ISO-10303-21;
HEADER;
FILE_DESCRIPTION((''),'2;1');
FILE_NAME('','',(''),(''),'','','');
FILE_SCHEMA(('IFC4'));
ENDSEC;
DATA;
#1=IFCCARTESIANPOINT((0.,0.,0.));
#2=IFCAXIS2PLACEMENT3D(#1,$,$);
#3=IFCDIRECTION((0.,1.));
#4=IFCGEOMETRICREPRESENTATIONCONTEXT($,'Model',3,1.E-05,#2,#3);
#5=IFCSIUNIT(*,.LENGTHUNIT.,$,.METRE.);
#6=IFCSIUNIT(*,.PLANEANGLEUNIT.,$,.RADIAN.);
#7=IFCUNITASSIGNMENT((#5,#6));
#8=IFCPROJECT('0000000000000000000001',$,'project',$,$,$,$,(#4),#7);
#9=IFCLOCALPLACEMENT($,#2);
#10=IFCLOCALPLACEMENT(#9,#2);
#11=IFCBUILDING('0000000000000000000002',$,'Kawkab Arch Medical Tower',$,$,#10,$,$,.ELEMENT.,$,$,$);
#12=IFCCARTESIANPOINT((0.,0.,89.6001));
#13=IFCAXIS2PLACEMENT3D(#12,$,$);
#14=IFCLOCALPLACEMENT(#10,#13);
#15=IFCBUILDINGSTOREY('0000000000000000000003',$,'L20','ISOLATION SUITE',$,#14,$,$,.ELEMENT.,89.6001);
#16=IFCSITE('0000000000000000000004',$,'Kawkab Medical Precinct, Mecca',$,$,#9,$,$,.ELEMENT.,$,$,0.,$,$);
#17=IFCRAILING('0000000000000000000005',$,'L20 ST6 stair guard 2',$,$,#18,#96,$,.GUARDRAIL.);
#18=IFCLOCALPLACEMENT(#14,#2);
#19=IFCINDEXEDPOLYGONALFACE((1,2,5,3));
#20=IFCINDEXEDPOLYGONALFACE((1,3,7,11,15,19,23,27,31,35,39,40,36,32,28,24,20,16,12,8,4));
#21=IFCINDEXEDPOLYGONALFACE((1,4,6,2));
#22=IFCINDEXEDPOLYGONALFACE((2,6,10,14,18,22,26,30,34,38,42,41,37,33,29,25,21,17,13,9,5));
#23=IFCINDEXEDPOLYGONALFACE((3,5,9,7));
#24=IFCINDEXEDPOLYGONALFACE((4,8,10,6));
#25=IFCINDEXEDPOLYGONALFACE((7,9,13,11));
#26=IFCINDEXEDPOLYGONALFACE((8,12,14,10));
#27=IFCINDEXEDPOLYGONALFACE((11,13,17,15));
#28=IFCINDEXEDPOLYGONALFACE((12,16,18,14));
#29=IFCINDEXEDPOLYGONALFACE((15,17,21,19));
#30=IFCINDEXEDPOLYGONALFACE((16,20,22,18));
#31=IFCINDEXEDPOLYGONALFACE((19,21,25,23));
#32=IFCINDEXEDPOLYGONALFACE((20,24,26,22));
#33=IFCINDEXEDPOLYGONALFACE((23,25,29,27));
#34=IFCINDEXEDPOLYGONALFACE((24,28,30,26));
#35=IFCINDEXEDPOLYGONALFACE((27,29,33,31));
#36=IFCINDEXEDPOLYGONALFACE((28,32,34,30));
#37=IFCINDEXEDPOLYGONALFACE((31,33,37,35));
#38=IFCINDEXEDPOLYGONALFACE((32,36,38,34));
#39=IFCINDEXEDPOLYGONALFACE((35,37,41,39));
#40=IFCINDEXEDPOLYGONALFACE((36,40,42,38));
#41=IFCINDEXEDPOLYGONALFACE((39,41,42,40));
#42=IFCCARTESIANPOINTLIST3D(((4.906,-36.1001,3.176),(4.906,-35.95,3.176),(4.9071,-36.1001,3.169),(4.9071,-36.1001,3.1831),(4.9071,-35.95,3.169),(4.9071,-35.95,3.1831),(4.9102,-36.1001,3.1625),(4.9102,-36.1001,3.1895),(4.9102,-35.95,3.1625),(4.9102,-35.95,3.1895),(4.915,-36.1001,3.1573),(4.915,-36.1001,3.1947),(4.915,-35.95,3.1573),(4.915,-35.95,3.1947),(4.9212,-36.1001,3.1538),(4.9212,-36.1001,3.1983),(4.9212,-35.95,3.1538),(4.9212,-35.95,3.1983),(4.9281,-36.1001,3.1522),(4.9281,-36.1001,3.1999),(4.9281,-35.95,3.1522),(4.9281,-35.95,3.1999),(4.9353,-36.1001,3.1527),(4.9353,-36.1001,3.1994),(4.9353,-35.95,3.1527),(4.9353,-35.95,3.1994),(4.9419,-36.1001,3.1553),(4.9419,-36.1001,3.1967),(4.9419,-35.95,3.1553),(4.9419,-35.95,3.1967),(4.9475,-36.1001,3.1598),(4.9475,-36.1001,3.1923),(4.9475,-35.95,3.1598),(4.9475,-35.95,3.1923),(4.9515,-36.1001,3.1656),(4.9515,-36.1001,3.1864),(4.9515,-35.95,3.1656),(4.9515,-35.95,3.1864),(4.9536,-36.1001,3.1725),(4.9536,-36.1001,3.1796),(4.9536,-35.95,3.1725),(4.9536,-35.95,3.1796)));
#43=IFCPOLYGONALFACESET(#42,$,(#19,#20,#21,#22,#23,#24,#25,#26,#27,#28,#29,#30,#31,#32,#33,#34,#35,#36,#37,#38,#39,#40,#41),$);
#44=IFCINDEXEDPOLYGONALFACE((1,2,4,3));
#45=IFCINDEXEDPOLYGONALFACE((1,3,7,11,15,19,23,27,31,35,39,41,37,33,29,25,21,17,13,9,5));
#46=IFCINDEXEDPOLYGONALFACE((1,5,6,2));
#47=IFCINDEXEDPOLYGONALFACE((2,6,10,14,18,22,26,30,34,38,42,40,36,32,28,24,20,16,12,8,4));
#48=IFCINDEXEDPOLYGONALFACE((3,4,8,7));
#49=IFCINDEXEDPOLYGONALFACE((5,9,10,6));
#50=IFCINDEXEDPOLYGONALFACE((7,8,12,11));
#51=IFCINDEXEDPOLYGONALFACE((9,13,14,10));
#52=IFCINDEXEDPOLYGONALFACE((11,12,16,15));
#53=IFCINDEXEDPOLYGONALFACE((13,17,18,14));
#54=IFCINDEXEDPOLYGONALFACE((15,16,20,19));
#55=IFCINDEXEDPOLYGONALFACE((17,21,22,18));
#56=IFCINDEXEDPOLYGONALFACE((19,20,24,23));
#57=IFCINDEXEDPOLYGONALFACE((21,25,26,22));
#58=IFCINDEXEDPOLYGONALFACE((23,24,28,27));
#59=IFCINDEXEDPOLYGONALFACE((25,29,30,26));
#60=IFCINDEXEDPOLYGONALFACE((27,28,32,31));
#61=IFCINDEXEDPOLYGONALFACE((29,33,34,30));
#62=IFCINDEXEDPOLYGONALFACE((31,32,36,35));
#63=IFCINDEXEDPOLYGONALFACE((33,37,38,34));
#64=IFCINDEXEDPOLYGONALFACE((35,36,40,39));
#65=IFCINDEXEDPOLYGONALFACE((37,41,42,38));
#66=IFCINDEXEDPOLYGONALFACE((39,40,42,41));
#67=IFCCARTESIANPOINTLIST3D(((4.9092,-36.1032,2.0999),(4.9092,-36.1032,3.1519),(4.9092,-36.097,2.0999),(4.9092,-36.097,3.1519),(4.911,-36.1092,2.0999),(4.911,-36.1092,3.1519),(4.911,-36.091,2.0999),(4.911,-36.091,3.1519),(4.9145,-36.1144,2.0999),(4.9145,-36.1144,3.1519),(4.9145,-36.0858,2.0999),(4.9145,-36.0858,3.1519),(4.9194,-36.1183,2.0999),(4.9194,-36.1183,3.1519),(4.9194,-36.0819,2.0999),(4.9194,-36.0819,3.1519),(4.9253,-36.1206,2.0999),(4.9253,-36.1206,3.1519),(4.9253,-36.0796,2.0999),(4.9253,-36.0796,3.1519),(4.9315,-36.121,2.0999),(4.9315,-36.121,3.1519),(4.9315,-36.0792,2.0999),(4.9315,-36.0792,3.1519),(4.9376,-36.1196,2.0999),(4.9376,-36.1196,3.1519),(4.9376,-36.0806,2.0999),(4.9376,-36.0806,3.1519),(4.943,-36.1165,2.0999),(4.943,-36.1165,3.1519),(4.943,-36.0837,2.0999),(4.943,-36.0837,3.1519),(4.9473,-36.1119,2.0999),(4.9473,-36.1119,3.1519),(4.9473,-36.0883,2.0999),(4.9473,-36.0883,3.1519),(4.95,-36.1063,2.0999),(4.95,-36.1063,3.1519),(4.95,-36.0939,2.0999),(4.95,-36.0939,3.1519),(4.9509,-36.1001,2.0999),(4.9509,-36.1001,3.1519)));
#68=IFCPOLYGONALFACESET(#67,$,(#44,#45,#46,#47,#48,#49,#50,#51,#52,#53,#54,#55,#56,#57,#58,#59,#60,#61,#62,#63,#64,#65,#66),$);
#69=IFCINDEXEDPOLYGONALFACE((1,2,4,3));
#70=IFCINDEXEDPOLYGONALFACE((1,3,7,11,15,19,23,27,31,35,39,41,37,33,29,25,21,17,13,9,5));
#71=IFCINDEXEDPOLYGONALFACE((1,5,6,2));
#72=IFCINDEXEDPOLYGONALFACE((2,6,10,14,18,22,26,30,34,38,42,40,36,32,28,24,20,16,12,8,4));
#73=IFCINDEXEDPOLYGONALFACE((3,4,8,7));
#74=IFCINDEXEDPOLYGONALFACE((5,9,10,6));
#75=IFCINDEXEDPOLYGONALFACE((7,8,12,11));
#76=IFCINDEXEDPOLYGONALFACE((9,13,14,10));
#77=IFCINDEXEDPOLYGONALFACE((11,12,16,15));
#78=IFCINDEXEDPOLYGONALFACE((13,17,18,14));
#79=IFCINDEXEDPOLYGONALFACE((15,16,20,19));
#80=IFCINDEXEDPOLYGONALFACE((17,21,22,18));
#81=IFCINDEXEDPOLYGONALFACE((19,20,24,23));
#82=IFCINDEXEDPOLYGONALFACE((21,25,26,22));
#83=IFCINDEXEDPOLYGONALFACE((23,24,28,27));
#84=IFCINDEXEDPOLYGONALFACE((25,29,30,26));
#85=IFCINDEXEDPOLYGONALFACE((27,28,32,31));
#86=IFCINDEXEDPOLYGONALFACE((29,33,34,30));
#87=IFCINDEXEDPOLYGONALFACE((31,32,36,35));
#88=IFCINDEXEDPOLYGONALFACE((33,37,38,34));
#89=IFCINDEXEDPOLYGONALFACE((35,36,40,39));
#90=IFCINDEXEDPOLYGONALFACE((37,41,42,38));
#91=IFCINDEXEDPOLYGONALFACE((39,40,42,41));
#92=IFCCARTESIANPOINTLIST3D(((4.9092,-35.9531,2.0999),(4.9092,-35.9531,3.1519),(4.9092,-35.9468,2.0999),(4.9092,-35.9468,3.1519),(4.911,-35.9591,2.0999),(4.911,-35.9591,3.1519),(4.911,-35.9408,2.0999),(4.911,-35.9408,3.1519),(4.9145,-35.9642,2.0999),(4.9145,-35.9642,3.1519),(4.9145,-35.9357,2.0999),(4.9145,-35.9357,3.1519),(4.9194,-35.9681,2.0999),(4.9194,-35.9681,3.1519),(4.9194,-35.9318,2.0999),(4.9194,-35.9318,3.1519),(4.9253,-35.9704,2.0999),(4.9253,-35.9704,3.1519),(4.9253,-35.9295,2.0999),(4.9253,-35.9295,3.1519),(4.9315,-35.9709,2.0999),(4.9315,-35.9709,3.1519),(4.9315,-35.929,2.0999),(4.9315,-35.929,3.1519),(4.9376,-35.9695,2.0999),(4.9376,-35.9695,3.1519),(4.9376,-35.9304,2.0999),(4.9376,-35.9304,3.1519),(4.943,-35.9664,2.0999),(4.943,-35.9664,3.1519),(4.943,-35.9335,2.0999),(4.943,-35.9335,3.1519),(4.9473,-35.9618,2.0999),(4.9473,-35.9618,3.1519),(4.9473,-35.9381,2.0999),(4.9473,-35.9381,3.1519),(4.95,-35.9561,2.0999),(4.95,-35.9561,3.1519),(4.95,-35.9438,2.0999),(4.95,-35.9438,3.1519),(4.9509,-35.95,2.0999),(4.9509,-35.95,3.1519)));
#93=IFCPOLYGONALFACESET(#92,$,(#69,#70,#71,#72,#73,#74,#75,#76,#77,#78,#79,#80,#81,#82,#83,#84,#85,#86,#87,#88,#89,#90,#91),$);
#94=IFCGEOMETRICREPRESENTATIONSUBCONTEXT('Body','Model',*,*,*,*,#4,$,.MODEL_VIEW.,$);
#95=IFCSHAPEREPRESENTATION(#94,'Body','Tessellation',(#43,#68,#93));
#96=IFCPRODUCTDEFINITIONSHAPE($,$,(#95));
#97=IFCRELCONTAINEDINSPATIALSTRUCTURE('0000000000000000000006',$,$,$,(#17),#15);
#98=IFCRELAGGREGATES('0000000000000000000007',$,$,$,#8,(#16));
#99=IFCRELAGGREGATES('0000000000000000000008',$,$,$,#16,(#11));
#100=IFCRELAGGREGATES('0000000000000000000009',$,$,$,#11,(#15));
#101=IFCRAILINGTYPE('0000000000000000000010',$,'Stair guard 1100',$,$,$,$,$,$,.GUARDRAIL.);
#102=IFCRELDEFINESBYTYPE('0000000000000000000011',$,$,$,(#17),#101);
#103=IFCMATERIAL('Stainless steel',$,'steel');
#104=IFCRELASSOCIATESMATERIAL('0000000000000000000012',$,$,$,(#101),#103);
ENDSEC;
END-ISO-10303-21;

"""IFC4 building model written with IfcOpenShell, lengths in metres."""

from ifc_helpers import new_model, si_unit, direction, frame, origin, origin_2d, place, context, subcontext, project, spatial, circle, extrude, material, type_object, element, save


model = new_model("IFC4")

# Units and contexts
model_context = context("Model", 3, precision=1e-05, world=origin(), true_north=direction((0.0, 1.0)))
body_context = subcontext(model_context, "Body", "Model", "MODEL_VIEW")
ifc_project = project(units=[si_unit("LENGTHUNIT", "METRE"), si_unit("PLANEANGLEUNIT", "RADIAN")], contexts=[model_context])

# Site, building, storey
site_placement = place(None, origin())
site = spatial("IfcSite", under=ifc_project, at=site_placement, Name="Kawkab Medical Precinct, Mecca", CompositionType="ELEMENT", RefElevation=0.0)
building_placement = place(site_placement, origin())
building = spatial("IfcBuilding", under=site, at=building_placement, Name="Kawkab Arch Medical Tower", CompositionType="ELEMENT")
storey_placement = place(building_placement, frame((0.0, 0.0, 89.6001)))
storey = spatial("IfcBuildingStorey", under=building, at=storey_placement, Name="L20", Description="ISOLATION SUITE", CompositionType="ELEMENT", Elevation=89.6001)

# Railing
ifc_material_1 = material(Name="Stainless steel", Category="steel")
railing_type = type_object("IfcRailingType", Name="Stair guard 1100", PredefinedType="GUARDRAIL", material=ifc_material_1)
railing_1_placement = place(storey_placement, frame((4.9299, -36.1001, 2.0999)))
element("IfcRailing", 1, at=railing_1_placement, inside=storey, type_object=railing_type, Name="L20 ST6 stair guard 2", PredefinedType="GUARDRAIL", context=body_context, shape_type="SweptSolid", body=[
    extrude(circle(Radius=0.0239, at=origin_2d()), frame((0.0, 0.0, 1.0762), z_axis=(0.0, 1.0, 0.0), x_axis=(-1.0, 0.0, 0.0)), (0.0, 0.0, 1.0), 0.1501),
    extrude(circle(Radius=0.021, at=origin_2d()), origin(), (0.0, 0.0, 1.0), 1.052),
    extrude(circle(Radius=0.021, at=origin_2d()), frame((0.0, 0.1501, 0.0)), (0.0, 0.0, 1.0), 1.052),
])

save(model, "model.ifc")
